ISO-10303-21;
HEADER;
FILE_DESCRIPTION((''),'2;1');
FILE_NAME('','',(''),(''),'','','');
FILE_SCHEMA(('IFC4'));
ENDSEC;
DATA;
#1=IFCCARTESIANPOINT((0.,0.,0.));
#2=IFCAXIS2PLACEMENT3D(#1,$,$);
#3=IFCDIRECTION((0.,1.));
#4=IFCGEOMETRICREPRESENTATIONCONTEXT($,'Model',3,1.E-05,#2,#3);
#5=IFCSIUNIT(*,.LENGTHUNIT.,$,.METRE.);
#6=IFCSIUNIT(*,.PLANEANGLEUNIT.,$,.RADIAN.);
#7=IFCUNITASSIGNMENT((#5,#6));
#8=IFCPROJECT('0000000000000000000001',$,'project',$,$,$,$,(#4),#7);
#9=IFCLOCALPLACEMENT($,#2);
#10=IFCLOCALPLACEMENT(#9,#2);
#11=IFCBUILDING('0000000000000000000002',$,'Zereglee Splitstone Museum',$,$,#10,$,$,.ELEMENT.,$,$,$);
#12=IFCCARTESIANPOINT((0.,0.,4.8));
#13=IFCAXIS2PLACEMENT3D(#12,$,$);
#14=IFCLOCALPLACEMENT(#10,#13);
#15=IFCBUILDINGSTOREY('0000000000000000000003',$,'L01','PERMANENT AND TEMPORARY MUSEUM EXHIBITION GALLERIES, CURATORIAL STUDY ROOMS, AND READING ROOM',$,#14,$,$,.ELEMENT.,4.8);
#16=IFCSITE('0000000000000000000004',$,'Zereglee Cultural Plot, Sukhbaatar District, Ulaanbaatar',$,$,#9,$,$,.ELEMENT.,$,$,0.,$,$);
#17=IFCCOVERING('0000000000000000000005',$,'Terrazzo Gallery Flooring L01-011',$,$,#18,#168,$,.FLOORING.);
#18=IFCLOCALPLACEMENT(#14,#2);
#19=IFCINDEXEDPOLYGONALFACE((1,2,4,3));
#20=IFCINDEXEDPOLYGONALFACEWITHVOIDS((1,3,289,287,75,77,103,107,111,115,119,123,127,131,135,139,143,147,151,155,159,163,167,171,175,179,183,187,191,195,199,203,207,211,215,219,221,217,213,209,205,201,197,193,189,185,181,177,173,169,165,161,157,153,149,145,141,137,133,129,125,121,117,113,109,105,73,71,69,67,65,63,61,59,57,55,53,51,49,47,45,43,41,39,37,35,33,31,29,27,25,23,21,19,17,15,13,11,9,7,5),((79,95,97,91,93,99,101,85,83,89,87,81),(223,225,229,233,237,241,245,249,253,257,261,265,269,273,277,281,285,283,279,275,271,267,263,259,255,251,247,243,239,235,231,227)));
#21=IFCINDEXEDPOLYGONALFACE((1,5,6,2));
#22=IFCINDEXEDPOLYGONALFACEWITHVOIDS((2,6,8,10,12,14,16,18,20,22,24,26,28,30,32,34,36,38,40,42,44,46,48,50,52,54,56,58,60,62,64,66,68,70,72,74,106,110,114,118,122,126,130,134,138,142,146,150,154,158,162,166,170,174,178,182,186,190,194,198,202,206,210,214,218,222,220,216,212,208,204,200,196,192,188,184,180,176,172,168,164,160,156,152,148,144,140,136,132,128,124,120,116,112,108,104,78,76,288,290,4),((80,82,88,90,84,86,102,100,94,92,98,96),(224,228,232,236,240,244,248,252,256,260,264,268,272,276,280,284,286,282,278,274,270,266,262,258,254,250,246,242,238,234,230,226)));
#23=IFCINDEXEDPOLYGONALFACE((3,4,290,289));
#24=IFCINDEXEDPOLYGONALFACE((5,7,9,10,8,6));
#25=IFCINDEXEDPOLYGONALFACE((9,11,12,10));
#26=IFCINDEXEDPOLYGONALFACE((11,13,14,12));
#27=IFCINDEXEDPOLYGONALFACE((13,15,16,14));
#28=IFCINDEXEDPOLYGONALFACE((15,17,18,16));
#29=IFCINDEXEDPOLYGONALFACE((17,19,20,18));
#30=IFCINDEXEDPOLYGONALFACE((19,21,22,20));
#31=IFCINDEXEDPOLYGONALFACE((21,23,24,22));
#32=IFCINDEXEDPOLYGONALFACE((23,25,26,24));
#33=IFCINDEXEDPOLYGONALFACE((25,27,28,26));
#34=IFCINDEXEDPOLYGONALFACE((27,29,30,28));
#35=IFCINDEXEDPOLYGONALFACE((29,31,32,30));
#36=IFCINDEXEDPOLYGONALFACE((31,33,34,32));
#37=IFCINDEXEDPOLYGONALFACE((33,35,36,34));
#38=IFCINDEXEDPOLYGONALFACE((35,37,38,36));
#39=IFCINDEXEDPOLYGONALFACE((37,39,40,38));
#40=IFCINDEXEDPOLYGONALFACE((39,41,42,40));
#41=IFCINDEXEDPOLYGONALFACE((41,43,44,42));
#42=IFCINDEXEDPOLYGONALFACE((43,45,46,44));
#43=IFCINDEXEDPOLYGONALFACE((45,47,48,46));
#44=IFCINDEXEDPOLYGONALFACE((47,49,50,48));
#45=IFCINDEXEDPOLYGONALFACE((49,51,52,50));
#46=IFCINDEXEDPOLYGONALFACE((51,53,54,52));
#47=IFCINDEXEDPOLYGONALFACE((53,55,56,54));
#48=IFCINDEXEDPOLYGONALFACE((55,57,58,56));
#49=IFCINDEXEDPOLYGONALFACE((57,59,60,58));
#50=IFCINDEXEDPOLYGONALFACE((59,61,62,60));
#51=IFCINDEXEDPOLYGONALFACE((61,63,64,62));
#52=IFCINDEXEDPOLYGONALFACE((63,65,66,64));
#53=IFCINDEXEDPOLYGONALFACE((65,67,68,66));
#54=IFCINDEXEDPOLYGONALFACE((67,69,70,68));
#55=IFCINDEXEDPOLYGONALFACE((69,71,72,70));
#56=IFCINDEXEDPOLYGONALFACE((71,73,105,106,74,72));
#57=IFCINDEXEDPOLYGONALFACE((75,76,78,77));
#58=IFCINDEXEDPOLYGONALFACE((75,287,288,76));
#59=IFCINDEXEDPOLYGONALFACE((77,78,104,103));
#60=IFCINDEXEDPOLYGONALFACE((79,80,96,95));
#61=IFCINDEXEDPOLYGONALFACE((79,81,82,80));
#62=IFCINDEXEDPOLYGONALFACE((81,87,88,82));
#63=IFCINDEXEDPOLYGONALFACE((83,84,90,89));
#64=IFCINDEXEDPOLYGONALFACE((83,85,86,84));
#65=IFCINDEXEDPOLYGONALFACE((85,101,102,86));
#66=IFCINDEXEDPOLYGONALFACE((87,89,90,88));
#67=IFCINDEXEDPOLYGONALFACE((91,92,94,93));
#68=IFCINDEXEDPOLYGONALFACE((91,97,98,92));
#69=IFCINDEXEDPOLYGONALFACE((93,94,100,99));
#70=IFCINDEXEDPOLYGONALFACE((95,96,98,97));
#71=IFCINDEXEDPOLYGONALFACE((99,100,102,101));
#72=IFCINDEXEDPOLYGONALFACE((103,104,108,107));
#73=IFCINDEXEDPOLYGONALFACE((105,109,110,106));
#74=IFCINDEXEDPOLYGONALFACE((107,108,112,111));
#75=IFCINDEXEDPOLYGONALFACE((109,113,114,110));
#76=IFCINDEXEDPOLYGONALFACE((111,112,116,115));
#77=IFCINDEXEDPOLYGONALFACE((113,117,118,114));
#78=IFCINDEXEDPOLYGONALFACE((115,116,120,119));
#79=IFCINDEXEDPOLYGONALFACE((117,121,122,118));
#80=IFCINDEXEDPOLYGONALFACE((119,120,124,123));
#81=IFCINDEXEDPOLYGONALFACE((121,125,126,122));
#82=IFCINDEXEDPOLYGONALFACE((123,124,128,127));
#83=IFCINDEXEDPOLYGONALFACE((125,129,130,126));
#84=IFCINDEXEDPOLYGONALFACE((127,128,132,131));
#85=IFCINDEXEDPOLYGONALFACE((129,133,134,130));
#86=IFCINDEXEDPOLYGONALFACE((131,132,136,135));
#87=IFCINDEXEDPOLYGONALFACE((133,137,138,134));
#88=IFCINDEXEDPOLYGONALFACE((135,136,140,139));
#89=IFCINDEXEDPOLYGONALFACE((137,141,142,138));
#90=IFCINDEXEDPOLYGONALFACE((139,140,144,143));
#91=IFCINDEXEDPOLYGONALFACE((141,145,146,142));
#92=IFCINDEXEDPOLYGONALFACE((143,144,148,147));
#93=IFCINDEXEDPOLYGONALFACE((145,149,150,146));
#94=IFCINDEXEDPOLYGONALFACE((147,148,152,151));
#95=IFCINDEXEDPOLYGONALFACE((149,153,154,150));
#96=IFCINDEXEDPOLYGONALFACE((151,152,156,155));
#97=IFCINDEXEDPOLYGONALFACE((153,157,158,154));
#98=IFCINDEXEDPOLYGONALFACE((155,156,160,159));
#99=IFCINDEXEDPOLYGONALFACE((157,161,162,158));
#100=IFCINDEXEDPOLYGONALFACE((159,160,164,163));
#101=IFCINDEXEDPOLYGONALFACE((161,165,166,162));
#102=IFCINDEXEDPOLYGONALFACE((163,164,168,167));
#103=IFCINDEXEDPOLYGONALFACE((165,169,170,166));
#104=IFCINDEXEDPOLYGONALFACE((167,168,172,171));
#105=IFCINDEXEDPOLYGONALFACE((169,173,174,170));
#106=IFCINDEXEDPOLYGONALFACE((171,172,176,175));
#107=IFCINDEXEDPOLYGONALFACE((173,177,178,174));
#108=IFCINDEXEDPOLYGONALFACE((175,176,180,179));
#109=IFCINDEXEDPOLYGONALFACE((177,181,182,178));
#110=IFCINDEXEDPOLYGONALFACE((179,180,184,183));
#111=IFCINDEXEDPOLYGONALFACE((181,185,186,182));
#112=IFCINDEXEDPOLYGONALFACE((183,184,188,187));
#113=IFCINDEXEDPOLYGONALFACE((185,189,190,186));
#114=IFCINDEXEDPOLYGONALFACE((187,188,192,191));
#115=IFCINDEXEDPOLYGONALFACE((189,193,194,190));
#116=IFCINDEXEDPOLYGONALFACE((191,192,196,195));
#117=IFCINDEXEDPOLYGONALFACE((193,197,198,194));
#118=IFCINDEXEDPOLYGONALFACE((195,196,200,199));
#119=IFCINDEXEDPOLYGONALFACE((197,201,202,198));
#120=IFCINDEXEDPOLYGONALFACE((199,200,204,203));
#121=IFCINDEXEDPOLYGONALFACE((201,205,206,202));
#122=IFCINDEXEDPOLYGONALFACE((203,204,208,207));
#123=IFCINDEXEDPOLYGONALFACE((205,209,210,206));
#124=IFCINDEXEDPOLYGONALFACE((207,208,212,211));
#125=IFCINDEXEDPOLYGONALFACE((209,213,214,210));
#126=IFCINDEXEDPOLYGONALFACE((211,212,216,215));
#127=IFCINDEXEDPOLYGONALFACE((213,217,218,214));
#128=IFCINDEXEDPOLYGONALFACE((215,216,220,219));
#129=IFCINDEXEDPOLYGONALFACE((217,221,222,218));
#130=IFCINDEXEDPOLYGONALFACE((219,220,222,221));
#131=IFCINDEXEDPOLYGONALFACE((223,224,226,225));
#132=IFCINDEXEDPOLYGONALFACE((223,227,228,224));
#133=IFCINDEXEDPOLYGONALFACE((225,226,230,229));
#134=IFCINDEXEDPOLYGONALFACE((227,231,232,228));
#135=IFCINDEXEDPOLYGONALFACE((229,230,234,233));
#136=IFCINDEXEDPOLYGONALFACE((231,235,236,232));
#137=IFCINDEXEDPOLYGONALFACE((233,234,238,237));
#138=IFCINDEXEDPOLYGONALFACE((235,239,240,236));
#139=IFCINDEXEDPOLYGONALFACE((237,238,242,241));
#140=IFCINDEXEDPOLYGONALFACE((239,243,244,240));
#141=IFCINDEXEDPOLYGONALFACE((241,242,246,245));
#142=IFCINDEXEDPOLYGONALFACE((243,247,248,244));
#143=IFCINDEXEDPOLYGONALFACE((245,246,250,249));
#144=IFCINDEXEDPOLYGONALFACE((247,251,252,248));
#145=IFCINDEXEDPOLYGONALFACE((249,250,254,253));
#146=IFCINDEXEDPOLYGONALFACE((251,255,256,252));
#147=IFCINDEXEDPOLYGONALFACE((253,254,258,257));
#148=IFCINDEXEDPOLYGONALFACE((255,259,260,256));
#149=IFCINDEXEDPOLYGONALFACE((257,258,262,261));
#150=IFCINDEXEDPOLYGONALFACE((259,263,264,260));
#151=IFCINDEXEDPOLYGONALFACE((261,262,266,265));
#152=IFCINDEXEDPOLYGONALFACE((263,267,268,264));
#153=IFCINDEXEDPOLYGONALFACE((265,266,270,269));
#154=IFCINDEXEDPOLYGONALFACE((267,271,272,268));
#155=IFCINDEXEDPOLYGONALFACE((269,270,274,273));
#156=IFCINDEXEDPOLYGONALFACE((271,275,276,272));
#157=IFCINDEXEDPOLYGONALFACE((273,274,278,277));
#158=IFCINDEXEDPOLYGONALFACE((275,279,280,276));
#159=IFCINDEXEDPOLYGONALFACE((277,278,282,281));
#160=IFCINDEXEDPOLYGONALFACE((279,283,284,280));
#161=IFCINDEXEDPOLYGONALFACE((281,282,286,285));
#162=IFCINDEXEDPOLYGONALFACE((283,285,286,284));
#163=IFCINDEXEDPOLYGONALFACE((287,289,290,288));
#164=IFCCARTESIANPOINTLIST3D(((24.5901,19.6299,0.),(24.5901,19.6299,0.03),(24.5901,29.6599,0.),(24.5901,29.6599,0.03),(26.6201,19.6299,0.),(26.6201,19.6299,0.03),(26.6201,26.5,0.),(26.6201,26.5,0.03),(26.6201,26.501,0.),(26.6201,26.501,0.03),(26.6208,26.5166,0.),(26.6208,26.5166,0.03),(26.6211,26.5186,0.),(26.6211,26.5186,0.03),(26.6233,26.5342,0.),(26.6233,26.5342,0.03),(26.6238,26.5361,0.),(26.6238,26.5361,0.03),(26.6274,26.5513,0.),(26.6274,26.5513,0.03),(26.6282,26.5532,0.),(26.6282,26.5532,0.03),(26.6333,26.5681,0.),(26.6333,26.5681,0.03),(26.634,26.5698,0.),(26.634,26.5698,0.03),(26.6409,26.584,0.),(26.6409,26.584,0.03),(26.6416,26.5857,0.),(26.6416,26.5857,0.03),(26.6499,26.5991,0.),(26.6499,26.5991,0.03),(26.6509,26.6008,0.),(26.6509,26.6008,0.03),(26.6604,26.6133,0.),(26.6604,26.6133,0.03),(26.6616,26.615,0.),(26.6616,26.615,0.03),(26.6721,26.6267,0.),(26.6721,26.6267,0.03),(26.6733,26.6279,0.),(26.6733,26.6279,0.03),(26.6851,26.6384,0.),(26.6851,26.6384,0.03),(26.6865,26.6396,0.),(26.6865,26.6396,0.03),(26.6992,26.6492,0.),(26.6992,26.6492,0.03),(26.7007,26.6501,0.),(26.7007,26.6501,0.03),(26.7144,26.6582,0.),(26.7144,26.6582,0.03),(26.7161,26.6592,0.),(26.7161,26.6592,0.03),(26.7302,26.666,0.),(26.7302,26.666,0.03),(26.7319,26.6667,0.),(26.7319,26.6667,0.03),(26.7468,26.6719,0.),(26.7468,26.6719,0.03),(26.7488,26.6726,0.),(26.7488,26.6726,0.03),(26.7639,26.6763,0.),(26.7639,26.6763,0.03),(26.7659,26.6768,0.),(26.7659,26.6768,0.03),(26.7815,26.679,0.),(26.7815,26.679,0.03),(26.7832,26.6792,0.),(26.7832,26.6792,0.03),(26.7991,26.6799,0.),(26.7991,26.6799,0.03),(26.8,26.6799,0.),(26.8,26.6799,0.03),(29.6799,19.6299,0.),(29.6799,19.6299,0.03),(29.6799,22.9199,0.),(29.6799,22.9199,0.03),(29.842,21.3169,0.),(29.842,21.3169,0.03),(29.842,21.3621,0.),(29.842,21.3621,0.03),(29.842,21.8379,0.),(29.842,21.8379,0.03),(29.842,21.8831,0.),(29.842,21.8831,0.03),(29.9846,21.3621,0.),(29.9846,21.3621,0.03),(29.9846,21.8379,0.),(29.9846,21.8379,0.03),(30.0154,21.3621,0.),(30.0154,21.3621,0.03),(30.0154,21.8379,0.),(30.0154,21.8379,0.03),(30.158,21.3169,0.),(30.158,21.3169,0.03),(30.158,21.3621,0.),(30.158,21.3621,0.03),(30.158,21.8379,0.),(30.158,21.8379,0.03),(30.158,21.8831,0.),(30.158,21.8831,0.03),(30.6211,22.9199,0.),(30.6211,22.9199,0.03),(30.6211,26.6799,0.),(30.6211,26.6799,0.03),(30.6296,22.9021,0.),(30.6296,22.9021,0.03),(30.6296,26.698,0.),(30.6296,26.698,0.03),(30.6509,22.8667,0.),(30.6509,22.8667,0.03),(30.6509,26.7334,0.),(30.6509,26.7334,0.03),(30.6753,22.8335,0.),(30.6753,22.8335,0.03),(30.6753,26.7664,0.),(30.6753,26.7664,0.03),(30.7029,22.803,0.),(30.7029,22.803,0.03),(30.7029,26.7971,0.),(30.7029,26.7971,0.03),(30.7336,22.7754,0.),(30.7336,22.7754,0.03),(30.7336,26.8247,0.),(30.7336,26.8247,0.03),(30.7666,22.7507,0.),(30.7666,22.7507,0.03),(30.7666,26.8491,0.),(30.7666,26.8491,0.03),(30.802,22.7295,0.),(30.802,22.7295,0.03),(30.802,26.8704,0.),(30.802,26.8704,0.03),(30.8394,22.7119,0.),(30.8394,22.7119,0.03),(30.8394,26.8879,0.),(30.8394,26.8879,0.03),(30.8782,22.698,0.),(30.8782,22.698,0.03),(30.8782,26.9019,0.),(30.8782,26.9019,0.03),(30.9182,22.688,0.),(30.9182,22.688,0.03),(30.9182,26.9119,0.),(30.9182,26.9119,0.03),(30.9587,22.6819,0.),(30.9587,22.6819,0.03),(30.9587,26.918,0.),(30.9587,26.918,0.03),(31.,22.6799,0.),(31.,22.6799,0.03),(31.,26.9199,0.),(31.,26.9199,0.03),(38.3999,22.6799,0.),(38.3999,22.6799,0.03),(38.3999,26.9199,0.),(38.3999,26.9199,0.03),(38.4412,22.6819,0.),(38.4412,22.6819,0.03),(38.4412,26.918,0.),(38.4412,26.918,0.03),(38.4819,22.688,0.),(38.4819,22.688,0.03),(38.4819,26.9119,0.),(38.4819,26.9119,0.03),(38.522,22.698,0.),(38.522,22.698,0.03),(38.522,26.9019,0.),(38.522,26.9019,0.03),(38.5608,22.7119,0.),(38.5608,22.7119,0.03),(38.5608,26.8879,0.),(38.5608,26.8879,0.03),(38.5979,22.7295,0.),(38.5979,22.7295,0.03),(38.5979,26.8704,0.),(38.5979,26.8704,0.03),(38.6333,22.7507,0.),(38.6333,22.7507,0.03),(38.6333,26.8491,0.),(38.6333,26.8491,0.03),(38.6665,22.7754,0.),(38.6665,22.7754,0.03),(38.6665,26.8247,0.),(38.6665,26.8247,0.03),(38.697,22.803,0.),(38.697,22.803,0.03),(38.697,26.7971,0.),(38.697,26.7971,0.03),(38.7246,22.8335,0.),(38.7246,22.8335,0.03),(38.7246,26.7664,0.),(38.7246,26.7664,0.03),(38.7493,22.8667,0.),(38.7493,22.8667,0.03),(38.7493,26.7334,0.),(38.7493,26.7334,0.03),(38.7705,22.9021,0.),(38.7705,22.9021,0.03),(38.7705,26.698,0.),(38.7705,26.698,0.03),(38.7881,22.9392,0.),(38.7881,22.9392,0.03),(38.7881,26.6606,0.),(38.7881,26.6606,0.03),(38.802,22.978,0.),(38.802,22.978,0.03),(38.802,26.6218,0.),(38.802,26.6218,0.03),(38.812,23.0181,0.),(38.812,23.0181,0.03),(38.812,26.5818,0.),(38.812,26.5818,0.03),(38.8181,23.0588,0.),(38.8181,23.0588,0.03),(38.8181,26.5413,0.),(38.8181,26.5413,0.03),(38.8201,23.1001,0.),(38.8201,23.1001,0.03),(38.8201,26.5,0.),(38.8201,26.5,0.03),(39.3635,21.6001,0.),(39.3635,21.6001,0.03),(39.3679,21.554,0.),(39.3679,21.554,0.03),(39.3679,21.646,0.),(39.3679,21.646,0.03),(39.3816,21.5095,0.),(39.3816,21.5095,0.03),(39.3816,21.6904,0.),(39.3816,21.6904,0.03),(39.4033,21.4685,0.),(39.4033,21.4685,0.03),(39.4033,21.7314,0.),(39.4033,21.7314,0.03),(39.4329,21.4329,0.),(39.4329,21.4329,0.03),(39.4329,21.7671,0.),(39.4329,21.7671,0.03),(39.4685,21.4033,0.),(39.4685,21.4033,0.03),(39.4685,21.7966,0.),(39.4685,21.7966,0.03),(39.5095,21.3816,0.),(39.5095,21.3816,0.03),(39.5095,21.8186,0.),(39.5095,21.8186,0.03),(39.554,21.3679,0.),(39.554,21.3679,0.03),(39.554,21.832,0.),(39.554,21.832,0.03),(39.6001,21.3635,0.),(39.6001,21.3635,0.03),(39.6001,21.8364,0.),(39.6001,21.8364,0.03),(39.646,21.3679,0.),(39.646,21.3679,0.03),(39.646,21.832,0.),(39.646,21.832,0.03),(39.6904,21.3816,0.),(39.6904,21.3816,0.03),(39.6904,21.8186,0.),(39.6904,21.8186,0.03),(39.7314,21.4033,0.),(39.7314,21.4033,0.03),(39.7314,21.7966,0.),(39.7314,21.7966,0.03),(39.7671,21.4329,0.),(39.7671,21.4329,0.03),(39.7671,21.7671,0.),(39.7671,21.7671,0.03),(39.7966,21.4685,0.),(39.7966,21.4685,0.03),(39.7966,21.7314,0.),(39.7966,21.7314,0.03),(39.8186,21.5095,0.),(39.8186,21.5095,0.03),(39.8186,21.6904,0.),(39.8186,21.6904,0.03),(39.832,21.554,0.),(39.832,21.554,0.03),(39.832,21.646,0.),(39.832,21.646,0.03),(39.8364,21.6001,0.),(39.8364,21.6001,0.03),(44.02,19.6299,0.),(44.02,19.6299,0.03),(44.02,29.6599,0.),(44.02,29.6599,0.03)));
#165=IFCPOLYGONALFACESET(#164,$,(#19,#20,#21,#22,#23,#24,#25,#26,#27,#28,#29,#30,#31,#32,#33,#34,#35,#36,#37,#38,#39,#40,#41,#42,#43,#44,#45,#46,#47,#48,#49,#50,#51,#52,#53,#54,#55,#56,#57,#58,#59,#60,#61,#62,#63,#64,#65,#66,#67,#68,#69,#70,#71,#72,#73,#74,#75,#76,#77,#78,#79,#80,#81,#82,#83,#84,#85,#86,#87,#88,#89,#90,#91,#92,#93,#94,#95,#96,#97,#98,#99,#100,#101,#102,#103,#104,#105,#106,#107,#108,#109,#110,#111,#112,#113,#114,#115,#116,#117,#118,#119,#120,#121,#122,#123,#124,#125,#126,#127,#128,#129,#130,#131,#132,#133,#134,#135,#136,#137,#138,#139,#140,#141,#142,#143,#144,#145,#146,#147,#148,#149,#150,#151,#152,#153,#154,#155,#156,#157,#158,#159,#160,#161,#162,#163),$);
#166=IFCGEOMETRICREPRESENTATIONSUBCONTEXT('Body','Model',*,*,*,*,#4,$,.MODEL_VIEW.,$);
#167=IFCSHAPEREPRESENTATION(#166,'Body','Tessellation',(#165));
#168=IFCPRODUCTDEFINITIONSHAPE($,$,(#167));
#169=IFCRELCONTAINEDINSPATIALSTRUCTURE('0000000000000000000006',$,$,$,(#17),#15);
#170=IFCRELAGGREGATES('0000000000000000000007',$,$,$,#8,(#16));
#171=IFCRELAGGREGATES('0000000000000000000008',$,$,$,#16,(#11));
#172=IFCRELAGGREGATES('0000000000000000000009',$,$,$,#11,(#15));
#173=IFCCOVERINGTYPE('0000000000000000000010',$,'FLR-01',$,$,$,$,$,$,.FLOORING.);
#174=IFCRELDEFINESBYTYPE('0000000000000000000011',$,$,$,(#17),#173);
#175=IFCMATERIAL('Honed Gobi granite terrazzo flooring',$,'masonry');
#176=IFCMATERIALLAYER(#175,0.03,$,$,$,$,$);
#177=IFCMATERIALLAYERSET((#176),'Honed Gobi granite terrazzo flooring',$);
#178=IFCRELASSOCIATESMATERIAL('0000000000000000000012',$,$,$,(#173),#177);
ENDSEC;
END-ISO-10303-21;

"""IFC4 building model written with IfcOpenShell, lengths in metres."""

from ifc_helpers import new_model, si_unit, direction, frame, origin, place, context, subcontext, project, spatial, polyline, outline, extrude, material, layer, layer_set, type_object, element, save


model = new_model("IFC4")

# Units and contexts
model_context = context("Model", 3, precision=1e-05, world=origin(), true_north=direction((0.0, 1.0)))
body_context = subcontext(model_context, "Body", "Model", "MODEL_VIEW")
ifc_project = project(units=[si_unit("LENGTHUNIT", "METRE"), si_unit("PLANEANGLEUNIT", "RADIAN")], contexts=[model_context])

# Site, building, storey
site_placement = place(None, origin())
site = spatial("IfcSite", under=ifc_project, at=site_placement, Name="Zereglee Cultural Plot, Sukhbaatar District, Ulaanbaatar", CompositionType="ELEMENT", RefElevation=0.0)
building_placement = place(site_placement, origin())
building = spatial("IfcBuilding", under=site, at=building_placement, Name="Zereglee Splitstone Museum", CompositionType="ELEMENT")
storey_placement = place(building_placement, frame((0.0, 0.0, 4.8)))
storey = spatial("IfcBuildingStorey", under=building, at=storey_placement, Name="L01", Description="PERMANENT AND TEMPORARY MUSEUM EXHIBITION GALLERIES, CURATORIAL STUDY ROOMS, AND READING ROOM", CompositionType="ELEMENT", Elevation=4.8)

# Covering
ifc_material_1 = material(Name="Honed Gobi granite terrazzo flooring", Category="masonry")
ifc_layer_1 = layer(ifc_material_1, 0.03)
ifc_layer_set_1 = layer_set([ifc_layer_1], Name="Honed Gobi granite terrazzo flooring")
covering_type_1 = type_object("IfcCoveringType", Name="FLR-01", PredefinedType="FLOORING", material=ifc_layer_set_1)
covering_1_placement = place(storey_placement, origin())
element("IfcCovering", 1, at=covering_1_placement, inside=storey, type_object=covering_type_1, Name="Terrazzo Gallery Flooring L01-011", PredefinedType="FLOORING", context=body_context, shape_type="SweptSolid", body=[
    extrude(outline(polyline([(26.7991, 26.6799), (26.7832, 26.6792), (26.7815, 26.679), (26.7659, 26.6768), (26.7639, 26.6763), (26.7488, 26.6726), (26.7468, 26.6719), (26.7319, 26.6667), (26.7302, 26.666), (26.7161, 26.6592), (26.7144, 26.6582), (26.7007, 26.6501), (26.6992, 26.6492), (26.6865, 26.6396), (26.6851, 26.6384), (26.6733, 26.6279), (26.6721, 26.6267), (26.6616, 26.615), (26.6604, 26.6133), (26.6509, 26.6008), (26.6499, 26.5991), (26.6416, 26.5857), (26.6409, 26.584), (26.634, 26.5698), (26.6333, 26.5681), (26.6282, 26.5532), (26.6274, 26.5513), (26.6238, 26.5361), (26.6233, 26.5342), (26.6211, 26.5186), (26.6208, 26.5166), (26.6201, 26.501), (26.6201, 26.5), (26.6201, 19.6299), (24.5901, 19.6299), (24.5901, 29.6599), (44.02, 29.6599), (44.02, 19.6299), (29.6799, 19.6299), (29.6799, 22.9199), (30.6211, 22.9199), (30.6296, 22.9021), (30.6509, 22.8667), (30.6753, 22.8335), (30.7029, 22.803), (30.7336, 22.7754), (30.7666, 22.7507), (30.802, 22.7295), (30.8394, 22.7119), (30.8782, 22.698), (30.9182, 22.688), (30.9587, 22.6819), (31.0, 22.6799), (38.3999, 22.6799), (38.4412, 22.6819), (38.4819, 22.688), (38.522, 22.698), (38.5608, 22.7119), (38.5979, 22.7295), (38.6333, 22.7507), (38.6665, 22.7754), (38.697, 22.803), (38.7246, 22.8335), (38.7493, 22.8667), (38.7705, 22.9021), (38.7881, 22.9392), (38.802, 22.978), (38.812, 23.0181), (38.8181, 23.0588), (38.8201, 23.1001), (38.8201, 26.5), (38.8181, 26.5413), (38.812, 26.5818), (38.802, 26.6218), (38.7881, 26.6606), (38.7705, 26.698), (38.7493, 26.7334), (38.7246, 26.7664), (38.697, 26.7971), (38.6665, 26.8247), (38.6333, 26.8491), (38.5979, 26.8704), (38.5608, 26.8879), (38.522, 26.9019), (38.4819, 26.9119), (38.4412, 26.918), (38.3999, 26.9199), (31.0, 26.9199), (30.9587, 26.918), (30.9182, 26.9119), (30.8782, 26.9019), (30.8394, 26.8879), (30.802, 26.8704), (30.7666, 26.8491), (30.7336, 26.8247), (30.7029, 26.7971), (30.6753, 26.7664), (30.6509, 26.7334), (30.6296, 26.698), (30.6211, 26.6799), (26.8, 26.6799), (26.7991, 26.6799)]), holes=[polyline([(39.6904, 21.3816), (39.7314, 21.4033), (39.7671, 21.4329), (39.7966, 21.4685), (39.8186, 21.5095), (39.832, 21.554), (39.8364, 21.6001), (39.832, 21.646), (39.8186, 21.6904), (39.7966, 21.7314), (39.7671, 21.7671), (39.7314, 21.7966), (39.6904, 21.8186), (39.646, 21.832), (39.6001, 21.8364), (39.554, 21.832), (39.5095, 21.8186), (39.4685, 21.7966), (39.4329, 21.7671), (39.4033, 21.7314), (39.3816, 21.6904), (39.3679, 21.646), (39.3635, 21.6001), (39.3679, 21.554), (39.3816, 21.5095), (39.4033, 21.4685), (39.4329, 21.4329), (39.4685, 21.4033), (39.5095, 21.3816), (39.554, 21.3679), (39.6001, 21.3635), (39.646, 21.3679), (39.6904, 21.3816)]), polyline([(30.158, 21.8379), (30.158, 21.8831), (29.842, 21.8831), (29.842, 21.8379), (29.9846, 21.8379), (29.9846, 21.3621), (29.842, 21.3621), (29.842, 21.3169), (30.158, 21.3169), (30.158, 21.3621), (30.0154, 21.3621), (30.0154, 21.8379), (30.158, 21.8379)])]), origin(), (0.0, 0.0, 1.0), 0.03),
])

save(model, "model.ifc")
